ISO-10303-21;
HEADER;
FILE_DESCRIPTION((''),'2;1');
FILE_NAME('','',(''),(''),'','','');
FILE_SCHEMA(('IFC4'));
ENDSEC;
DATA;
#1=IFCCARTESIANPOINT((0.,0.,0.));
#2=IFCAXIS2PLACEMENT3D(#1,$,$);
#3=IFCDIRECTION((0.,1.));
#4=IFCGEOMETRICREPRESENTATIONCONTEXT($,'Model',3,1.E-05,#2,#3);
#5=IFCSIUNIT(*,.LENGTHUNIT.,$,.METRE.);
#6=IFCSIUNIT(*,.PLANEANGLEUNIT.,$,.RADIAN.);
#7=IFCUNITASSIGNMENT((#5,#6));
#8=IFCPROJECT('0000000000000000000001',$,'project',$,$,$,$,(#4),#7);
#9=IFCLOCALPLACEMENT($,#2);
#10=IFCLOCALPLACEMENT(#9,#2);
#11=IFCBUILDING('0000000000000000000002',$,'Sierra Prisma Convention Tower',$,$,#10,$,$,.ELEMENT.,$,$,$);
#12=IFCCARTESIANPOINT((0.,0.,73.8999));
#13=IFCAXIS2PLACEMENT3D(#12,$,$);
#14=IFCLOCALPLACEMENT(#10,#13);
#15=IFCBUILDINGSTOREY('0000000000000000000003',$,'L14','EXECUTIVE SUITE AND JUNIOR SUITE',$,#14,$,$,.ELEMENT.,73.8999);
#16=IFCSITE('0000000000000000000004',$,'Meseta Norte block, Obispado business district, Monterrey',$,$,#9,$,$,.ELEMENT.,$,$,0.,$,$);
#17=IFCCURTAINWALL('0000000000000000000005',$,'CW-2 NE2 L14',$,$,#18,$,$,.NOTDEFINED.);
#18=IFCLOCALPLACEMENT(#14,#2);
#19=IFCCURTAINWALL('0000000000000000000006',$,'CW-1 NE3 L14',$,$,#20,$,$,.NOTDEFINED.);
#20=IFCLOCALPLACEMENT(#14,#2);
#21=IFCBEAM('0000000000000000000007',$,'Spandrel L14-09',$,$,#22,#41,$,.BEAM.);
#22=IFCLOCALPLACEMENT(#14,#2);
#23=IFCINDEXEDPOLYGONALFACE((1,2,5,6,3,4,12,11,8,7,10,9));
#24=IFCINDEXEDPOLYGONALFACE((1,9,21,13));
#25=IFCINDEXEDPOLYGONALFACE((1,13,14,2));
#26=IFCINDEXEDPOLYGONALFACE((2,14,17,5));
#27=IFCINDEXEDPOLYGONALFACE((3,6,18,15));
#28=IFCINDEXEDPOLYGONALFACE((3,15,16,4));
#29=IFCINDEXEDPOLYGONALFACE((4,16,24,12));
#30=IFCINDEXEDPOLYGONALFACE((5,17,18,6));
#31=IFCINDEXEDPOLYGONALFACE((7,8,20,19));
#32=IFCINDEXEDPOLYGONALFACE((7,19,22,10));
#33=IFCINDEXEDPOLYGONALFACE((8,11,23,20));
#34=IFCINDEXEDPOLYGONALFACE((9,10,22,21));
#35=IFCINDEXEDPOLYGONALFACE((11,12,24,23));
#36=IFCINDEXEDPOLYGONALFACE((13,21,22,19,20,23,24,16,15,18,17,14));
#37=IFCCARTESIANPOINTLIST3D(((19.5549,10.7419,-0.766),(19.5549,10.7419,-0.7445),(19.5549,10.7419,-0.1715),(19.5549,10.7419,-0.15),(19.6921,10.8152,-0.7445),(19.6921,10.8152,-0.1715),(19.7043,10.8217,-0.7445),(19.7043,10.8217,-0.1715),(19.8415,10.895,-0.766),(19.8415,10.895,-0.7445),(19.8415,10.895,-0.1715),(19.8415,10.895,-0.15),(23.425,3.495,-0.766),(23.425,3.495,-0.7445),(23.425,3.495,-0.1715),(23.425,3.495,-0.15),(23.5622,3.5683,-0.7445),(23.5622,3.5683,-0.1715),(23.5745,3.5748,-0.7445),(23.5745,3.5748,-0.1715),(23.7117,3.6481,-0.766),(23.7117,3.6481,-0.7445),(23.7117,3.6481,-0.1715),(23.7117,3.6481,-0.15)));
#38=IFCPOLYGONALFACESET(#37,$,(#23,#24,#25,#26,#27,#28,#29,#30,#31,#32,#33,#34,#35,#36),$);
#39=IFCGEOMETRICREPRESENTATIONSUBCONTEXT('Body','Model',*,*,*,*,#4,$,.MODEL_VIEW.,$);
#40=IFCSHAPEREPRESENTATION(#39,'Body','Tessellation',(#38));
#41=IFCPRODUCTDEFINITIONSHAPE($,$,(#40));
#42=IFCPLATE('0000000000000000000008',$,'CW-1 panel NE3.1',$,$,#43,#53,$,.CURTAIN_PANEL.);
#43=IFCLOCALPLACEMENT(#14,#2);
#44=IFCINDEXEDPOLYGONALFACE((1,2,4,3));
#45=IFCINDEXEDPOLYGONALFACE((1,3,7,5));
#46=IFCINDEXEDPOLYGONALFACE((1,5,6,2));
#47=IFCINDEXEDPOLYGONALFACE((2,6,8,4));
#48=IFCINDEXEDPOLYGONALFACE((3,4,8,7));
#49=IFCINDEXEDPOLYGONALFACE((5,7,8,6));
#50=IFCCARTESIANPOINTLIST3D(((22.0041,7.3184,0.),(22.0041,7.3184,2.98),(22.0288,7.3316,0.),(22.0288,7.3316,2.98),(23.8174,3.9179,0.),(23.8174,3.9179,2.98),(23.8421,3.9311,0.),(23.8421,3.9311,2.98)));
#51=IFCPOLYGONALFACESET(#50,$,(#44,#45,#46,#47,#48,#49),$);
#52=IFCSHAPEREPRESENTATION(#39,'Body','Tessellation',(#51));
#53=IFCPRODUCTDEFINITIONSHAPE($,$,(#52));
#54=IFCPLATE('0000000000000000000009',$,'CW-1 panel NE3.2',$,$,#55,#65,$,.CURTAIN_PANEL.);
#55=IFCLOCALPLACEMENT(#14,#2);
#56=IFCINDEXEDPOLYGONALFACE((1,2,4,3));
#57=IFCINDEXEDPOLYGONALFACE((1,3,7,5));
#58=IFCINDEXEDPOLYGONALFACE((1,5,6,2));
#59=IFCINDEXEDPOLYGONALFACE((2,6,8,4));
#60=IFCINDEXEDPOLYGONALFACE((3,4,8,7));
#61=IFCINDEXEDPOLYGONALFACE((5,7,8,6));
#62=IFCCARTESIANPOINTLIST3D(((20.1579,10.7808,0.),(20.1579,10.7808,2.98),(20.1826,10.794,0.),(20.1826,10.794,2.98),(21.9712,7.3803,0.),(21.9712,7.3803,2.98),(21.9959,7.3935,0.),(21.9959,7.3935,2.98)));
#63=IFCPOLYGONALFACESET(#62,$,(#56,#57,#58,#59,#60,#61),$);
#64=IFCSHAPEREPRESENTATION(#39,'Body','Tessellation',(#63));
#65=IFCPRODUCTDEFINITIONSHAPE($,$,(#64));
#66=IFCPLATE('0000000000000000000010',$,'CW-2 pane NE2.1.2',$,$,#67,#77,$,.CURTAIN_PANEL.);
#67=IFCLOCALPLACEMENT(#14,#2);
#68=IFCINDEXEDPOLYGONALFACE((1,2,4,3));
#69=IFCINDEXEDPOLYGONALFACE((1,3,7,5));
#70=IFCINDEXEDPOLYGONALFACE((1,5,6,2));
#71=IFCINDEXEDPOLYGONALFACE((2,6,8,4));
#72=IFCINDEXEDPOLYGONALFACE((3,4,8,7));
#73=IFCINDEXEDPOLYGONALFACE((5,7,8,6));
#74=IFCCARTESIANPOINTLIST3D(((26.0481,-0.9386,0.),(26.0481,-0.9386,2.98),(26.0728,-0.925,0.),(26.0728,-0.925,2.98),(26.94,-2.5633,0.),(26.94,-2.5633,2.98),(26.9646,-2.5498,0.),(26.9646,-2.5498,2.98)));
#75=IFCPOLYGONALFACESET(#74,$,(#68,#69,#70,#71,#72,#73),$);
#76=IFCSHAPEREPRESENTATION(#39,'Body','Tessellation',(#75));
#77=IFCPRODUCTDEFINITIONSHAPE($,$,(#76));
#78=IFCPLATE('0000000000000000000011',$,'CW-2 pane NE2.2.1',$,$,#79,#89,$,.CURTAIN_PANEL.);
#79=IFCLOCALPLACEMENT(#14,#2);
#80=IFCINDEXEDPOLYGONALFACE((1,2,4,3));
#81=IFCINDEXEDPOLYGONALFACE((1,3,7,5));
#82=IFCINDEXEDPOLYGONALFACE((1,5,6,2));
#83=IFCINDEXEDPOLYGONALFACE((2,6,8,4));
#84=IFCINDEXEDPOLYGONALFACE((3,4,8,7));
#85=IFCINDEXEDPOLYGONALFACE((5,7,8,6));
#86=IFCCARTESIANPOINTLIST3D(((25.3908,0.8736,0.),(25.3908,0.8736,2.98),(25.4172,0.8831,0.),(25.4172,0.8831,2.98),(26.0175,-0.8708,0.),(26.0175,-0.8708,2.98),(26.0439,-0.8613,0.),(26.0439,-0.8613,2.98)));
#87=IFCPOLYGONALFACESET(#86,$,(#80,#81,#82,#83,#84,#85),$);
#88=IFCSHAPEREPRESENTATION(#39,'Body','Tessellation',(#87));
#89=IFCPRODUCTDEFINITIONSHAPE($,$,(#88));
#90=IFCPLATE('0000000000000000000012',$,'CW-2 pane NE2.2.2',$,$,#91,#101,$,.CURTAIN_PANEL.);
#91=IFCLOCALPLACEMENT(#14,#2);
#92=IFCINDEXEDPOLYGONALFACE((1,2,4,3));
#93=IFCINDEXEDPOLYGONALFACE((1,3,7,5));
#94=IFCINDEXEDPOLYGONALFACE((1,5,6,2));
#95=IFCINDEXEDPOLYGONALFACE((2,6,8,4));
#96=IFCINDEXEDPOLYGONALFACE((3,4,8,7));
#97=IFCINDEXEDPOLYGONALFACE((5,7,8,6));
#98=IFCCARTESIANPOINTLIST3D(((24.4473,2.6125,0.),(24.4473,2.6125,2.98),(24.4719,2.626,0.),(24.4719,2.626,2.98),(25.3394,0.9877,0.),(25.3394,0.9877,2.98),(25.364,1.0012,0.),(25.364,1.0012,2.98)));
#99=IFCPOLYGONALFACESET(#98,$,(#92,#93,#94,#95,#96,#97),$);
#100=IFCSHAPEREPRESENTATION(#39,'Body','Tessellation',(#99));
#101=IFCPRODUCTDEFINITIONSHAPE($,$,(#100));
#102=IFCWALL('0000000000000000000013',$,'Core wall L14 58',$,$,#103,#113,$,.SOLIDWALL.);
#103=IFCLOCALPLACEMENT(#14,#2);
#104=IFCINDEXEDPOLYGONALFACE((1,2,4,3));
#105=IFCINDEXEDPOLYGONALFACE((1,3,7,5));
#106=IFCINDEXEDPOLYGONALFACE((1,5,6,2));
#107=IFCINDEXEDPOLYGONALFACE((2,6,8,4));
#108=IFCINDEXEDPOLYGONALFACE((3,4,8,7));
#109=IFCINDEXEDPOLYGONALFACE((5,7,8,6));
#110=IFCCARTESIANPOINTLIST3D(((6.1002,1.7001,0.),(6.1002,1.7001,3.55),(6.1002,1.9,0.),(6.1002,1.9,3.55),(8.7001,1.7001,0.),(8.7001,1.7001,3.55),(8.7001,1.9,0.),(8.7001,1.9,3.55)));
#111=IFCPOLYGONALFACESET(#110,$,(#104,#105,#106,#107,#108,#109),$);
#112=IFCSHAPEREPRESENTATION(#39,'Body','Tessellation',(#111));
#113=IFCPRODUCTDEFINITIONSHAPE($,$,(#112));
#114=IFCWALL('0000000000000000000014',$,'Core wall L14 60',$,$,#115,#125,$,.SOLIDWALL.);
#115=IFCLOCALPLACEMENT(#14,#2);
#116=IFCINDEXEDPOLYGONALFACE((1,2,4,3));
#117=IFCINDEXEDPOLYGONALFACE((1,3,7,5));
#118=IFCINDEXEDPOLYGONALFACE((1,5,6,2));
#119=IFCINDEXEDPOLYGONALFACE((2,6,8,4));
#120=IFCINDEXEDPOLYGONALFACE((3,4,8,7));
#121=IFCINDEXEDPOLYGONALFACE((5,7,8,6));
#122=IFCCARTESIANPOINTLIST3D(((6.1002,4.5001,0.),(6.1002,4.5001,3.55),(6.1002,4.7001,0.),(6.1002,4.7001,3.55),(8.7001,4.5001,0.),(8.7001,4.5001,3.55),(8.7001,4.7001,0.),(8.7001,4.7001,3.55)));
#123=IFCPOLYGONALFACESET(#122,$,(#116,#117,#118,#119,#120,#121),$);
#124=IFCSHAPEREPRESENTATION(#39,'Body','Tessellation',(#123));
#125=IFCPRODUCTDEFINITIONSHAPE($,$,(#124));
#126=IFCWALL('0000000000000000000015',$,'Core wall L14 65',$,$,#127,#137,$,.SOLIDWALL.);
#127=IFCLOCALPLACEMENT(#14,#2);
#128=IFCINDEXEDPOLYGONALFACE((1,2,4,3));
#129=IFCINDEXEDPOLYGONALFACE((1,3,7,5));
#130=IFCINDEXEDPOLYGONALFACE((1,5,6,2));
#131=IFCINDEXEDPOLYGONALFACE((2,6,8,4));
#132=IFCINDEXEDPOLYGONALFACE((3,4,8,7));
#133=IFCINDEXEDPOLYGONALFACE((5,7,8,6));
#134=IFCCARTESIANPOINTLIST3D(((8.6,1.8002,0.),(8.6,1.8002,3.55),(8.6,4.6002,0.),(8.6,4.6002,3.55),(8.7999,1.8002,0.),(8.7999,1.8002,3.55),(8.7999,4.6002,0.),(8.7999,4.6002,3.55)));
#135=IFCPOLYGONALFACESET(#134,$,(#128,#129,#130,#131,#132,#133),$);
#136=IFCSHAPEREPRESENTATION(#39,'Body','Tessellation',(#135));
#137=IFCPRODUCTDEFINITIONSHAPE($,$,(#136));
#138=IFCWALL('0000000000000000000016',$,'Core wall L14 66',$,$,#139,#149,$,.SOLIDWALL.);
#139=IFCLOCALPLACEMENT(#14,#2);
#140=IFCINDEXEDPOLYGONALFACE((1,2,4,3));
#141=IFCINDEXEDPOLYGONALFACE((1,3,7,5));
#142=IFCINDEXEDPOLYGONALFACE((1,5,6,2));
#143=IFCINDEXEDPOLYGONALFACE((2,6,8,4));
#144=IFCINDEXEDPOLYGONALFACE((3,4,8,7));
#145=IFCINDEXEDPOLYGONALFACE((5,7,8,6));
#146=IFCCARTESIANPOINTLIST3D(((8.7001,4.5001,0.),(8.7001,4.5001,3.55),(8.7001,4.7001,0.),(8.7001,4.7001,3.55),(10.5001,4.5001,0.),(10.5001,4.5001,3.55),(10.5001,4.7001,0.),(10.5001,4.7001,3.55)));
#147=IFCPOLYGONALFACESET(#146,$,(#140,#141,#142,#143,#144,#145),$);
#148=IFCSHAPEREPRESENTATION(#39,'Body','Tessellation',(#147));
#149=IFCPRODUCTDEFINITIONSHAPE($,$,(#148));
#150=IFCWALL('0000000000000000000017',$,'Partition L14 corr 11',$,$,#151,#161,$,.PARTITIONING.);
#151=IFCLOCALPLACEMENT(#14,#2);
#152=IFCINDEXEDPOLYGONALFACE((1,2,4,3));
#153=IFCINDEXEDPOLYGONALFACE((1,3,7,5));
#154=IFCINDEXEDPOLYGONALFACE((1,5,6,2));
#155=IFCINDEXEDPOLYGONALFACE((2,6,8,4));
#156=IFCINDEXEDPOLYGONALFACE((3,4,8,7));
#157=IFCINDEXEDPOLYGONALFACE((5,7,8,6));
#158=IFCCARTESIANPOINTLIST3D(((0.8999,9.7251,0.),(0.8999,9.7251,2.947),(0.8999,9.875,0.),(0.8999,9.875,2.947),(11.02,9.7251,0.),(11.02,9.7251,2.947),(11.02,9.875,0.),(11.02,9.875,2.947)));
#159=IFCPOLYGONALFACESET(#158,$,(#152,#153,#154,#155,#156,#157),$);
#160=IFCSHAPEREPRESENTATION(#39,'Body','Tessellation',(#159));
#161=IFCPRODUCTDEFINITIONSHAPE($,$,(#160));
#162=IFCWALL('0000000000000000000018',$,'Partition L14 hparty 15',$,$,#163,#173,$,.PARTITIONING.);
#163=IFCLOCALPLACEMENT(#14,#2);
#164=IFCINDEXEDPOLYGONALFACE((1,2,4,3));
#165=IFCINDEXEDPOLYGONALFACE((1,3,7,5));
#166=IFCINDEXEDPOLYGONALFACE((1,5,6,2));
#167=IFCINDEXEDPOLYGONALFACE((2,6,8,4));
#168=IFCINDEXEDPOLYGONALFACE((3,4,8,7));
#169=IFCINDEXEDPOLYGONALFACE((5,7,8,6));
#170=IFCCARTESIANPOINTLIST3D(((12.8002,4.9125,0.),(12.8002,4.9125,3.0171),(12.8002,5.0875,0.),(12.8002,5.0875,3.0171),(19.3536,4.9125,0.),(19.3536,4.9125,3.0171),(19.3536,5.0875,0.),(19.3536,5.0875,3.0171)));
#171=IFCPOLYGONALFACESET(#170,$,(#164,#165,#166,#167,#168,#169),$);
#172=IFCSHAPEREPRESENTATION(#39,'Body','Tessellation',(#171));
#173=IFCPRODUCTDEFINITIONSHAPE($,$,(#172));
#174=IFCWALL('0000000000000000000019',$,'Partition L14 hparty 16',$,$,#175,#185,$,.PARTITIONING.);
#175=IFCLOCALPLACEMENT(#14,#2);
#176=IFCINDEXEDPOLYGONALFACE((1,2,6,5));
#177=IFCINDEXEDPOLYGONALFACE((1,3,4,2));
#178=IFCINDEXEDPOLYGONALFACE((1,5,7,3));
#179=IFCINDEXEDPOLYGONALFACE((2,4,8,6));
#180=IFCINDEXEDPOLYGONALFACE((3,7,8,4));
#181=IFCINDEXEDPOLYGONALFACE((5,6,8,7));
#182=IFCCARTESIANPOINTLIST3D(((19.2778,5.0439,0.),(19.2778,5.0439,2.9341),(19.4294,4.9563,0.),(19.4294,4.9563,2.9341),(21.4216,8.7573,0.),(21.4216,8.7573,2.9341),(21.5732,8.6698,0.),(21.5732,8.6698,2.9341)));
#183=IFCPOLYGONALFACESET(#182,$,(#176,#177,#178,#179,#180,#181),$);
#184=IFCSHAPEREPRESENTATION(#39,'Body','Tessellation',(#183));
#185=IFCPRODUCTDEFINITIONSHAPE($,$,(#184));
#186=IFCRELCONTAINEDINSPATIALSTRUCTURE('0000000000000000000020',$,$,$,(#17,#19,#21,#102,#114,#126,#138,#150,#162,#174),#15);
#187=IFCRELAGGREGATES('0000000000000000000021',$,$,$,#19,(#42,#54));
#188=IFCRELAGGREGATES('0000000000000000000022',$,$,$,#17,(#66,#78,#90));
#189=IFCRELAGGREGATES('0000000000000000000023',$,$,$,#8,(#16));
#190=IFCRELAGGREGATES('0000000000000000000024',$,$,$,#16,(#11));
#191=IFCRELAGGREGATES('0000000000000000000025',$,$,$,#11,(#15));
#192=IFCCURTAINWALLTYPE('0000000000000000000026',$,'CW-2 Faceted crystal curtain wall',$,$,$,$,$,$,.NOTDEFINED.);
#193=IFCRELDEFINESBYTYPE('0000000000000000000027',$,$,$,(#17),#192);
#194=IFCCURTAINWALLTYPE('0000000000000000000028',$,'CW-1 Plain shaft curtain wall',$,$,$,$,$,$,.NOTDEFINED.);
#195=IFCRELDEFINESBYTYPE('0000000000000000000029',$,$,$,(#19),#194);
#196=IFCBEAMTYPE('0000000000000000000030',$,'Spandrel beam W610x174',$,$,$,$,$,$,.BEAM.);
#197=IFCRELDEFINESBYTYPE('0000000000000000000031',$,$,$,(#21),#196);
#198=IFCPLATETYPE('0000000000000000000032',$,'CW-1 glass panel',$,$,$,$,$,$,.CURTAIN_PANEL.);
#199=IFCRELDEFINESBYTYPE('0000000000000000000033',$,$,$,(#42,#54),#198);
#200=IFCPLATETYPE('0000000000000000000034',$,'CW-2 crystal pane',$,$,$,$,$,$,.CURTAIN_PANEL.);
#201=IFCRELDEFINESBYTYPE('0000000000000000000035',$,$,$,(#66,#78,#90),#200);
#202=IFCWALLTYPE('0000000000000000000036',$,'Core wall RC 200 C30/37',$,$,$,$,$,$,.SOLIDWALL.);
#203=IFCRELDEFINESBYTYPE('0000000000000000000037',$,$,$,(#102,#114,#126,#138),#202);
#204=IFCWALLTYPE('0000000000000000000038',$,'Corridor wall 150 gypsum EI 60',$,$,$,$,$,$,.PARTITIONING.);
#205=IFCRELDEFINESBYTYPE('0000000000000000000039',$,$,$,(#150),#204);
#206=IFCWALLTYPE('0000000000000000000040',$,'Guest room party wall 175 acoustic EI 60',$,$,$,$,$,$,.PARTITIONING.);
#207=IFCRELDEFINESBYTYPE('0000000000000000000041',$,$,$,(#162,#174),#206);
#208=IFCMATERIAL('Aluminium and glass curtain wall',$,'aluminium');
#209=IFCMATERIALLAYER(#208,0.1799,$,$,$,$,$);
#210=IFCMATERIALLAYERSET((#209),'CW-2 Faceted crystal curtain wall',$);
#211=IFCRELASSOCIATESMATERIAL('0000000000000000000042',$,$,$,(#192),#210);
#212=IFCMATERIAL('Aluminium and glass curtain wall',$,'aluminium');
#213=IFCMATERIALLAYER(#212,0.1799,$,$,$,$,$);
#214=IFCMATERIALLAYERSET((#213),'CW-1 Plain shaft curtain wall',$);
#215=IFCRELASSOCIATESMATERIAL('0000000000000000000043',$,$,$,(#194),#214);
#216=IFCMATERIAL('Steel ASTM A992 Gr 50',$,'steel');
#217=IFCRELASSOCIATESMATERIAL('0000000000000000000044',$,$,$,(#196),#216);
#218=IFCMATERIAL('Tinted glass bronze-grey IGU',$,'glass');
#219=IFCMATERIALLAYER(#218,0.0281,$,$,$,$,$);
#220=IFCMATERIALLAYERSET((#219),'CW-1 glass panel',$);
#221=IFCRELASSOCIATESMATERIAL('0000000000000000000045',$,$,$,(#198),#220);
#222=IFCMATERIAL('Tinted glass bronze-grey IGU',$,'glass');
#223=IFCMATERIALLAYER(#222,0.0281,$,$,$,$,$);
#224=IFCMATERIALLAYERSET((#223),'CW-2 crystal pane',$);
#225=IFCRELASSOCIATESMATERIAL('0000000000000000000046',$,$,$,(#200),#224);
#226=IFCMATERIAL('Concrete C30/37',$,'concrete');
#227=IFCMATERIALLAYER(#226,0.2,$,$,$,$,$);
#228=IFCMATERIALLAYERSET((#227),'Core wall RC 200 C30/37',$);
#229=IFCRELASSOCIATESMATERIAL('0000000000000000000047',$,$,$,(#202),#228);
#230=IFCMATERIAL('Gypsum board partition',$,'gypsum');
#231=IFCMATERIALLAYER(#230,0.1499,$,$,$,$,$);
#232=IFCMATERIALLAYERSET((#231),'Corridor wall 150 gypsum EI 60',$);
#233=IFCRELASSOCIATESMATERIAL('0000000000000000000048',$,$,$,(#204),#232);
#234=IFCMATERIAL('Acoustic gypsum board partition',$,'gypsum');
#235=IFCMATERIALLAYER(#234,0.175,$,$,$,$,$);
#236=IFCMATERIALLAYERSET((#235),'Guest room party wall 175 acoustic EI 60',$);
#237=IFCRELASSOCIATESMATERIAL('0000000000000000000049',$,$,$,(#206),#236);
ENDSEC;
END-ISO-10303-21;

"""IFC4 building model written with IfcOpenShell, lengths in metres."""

from ifc_helpers import new_model, si_unit, direction, frame, frame_2d, origin, origin_2d, place, context, subcontext, project, spatial, polyline, rectangle, i_section, outline, extrude, material, layer, layer_set, material_profile, profile_set, type_object, element, aggregate, save


model = new_model("IFC4")

# Units and contexts
model_context = context("Model", 3, precision=1e-05, world=origin(), true_north=direction((0.0, 1.0)))
body_context = subcontext(model_context, "Body", "Model", "MODEL_VIEW")
ifc_project = project(units=[si_unit("LENGTHUNIT", "METRE"), si_unit("PLANEANGLEUNIT", "RADIAN")], contexts=[model_context])

# Site, building, storey
site_placement = place(None, origin())
site = spatial("IfcSite", under=ifc_project, at=site_placement, Name="Meseta Norte block, Obispado business district, Monterrey", CompositionType="ELEMENT", RefElevation=0.0)
building_placement = place(site_placement, origin())
building = spatial("IfcBuilding", under=site, at=building_placement, Name="Sierra Prisma Convention Tower", CompositionType="ELEMENT")
storey_placement = place(building_placement, frame((0.0, 0.0, 73.8999)))
storey = spatial("IfcBuildingStorey", under=building, at=storey_placement, Name="L14", Description="EXECUTIVE SUITE AND JUNIOR SUITE", CompositionType="ELEMENT", Elevation=73.8999)

# Curtain walls
ifc_material_1 = material(Name="Aluminium and glass curtain wall", Category="aluminium")
ifc_layer_1 = layer(ifc_material_1, 0.1799)
ifc_layer_set_1 = layer_set([ifc_layer_1], Name="CW-2 Faceted crystal curtain wall")
curtain_wall_type_1 = type_object("IfcCurtainWallType", Name="CW-2 Faceted crystal curtain wall", PredefinedType="NOTDEFINED", material=ifc_layer_set_1)
curtain_wall_1_placement = place(storey_placement, origin())
curtain_wall_1 = element("IfcCurtainWall", 1, at=curtain_wall_1_placement, inside=storey, type_object=curtain_wall_type_1, Name="CW-2 NE2 L14", PredefinedType="NOTDEFINED")
ifc_material_2 = material(Name="Aluminium and glass curtain wall", Category="aluminium")
ifc_layer_2 = layer(ifc_material_2, 0.1799)
ifc_layer_set_2 = layer_set([ifc_layer_2], Name="CW-1 Plain shaft curtain wall")
curtain_wall_type_2 = type_object("IfcCurtainWallType", Name="CW-1 Plain shaft curtain wall", PredefinedType="NOTDEFINED", material=ifc_layer_set_2)
curtain_wall_2_placement = place(storey_placement, origin())
curtain_wall_2 = element("IfcCurtainWall", 2, at=curtain_wall_2_placement, inside=storey, type_object=curtain_wall_type_2, Name="CW-1 NE3 L14", PredefinedType="NOTDEFINED")

# Beam
ifc_material_3 = material(Name="Steel ASTM A992 Gr 50", Category="steel")
ifc_material_profile_1 = material_profile(ifc_material_3, i_section(OverallWidth=0.325, OverallDepth=0.616, WebThickness=0.0139, FlangeThickness=0.0215, at=origin_2d()), Name="W610x174")
ifc_profile_set_1 = profile_set([ifc_material_profile_1], Name="Steel ASTM A992 Gr 50")
beam_type_1 = type_object("IfcBeamType", Name="Spandrel beam W610x174", PredefinedType="BEAM", material=ifc_profile_set_1)
beam_1_placement = place(storey_placement, frame((23.5684, 3.5715, -0.458), z_axis=(-0.471076, 0.882093, 0.0), x_axis=(-0.882093, -0.471076, 0.0)))
element("IfcBeam", 3, at=beam_1_placement, inside=storey, type_object=beam_type_1, Name="Spandrel L14-09", PredefinedType="BEAM", context=body_context, shape_type="SweptSolid", body=[
    extrude(i_section(OverallWidth=0.325, OverallDepth=0.616, WebThickness=0.0139, FlangeThickness=0.0215, at=origin_2d()), origin(), (0.0, 0.0, 1.0), 8.2156),
])

# Plates
ifc_material_4 = material(Name="Tinted glass bronze-grey IGU", Category="glass")
ifc_layer_3 = layer(ifc_material_4, 0.0281)
ifc_layer_set_3 = layer_set([ifc_layer_3], Name="CW-1 glass panel")
plate_type_1 = type_object("IfcPlateType", Name="CW-1 glass panel", PredefinedType="CURTAIN_PANEL", material=ifc_layer_set_3)
plate_1_placement = place(storey_placement, frame((22.9231, 5.6248, 0.0), z_axis=(0.0, 0.0, 1.0), x_axis=(-0.470524, 0.882387, 0.0)))
plate_1 = element("IfcPlate", 4, at=plate_1_placement, type_object=plate_type_1, Name="CW-1 panel NE3.1", PredefinedType="CURTAIN_PANEL", context=body_context, shape_type="SweptSolid", body=[
    extrude(rectangle(XDim=3.8538, YDim=0.0281, at=origin_2d()), origin(), (0.0, 0.0, 1.0), 2.98),
])
plate_2_placement = place(storey_placement, frame((21.0769, 9.0872, 0.0), z_axis=(0.0, 0.0, 1.0), x_axis=(-0.470524, 0.882387, 0.0)))
plate_2 = element("IfcPlate", 5, at=plate_2_placement, type_object=plate_type_1, Name="CW-1 panel NE3.2", PredefinedType="CURTAIN_PANEL", context=body_context, shape_type="SweptSolid", body=[
    extrude(rectangle(XDim=3.8538, YDim=0.0281, at=origin_2d()), origin(), (0.0, 0.0, 1.0), 2.98),
])
aggregate(curtain_wall_2, [plate_1, plate_2])
ifc_material_5 = material(Name="Tinted glass bronze-grey IGU", Category="glass")
ifc_layer_4 = layer(ifc_material_5, 0.0281)
ifc_layer_set_4 = layer_set([ifc_layer_4], Name="CW-2 crystal pane")
plate_type_2 = type_object("IfcPlateType", Name="CW-2 crystal pane", PredefinedType="CURTAIN_PANEL", material=ifc_layer_set_4)
plate_3_placement = place(storey_placement, frame((26.0728, -0.925, 0.0), z_axis=(0.876619, 0.481185, 0.0), x_axis=(0.481185, -0.876619, 0.0)))
plate_3 = element("IfcPlate", 6, at=plate_3_placement, type_object=plate_type_2, Name="CW-2 pane NE2.1.2", PredefinedType="CURTAIN_PANEL", context=body_context, shape_type="SweptSolid", body=[
    extrude(outline(polyline([(0.0, 0.0), (1.8534, 0.0), (1.8534, -2.98), (0.0, -2.98), (0.0, 0.0)])), origin(), (0.0, 0.0, -1.0), 0.0281),
])
plate_4_placement = place(storey_placement, frame((26.0439, -0.8613, 0.0), z_axis=(0.941105, 0.338113, 0.0), x_axis=(-0.338113, 0.941105, 0.0)))
plate_4 = element("IfcPlate", 7, at=plate_4_placement, type_object=plate_type_2, Name="CW-2 pane NE2.2.1", PredefinedType="CURTAIN_PANEL", context=body_context, shape_type="SweptSolid", body=[
    extrude(outline(polyline([(0.0, 0.0), (1.8535, 0.0), (1.8535, 2.98), (0.0, 2.98), (0.0, 0.0)])), origin(), (0.0, 0.0, -1.0), 0.0281),
])
plate_5_placement = place(storey_placement, frame((24.4719, 2.626, 0.0), z_axis=(0.876563, 0.481287, 0.0), x_axis=(0.481287, -0.876563, 0.0)))
plate_5 = element("IfcPlate", 8, at=plate_5_placement, type_object=plate_type_2, Name="CW-2 pane NE2.2.2", PredefinedType="CURTAIN_PANEL", context=body_context, shape_type="SweptSolid", body=[
    extrude(outline(polyline([(0.0, 0.0), (1.8536, 0.0), (1.8536, -2.98), (0.0, -2.98), (0.0, 0.0)])), origin(), (0.0, 0.0, -1.0), 0.0281),
])
aggregate(curtain_wall_1, [plate_3, plate_4, plate_5])

# Walls
ifc_material_6 = material(Name="Concrete C30/37", Category="concrete")
ifc_layer_5 = layer(ifc_material_6, 0.2)
ifc_layer_set_5 = layer_set([ifc_layer_5], Name="Core wall RC 200 C30/37")
wall_type_1 = type_object("IfcWallType", Name="Core wall RC 200 C30/37", PredefinedType="SOLIDWALL", material=ifc_layer_set_5)
for number, where, z_axis, x_axis, name in (
    (9, (8.7, 1.8, 0.0), (0.0, 0.0, 1.0), (-1.0, 0.0, 0.0), "Core wall L14 58"),
    (10, (8.7, 4.6001, 0.0), (0.0, 0.0, 1.0), (-1.0, 0.0, 0.0), "Core wall L14 60"),
):
    element("IfcWall", number, at=place(storey_placement, frame(where, z_axis=z_axis, x_axis=x_axis)), inside=storey, type_object=wall_type_1, Name=name, PredefinedType="SOLIDWALL", context=body_context, shape_type="SweptSolid", body=[
        extrude(rectangle(XDim=2.5999, YDim=0.2, at=frame_2d((1.2998, 0.0))), origin(), (0.0, 0.0, 1.0), 3.55),
    ])

# Walls
wall_1_placement = place(storey_placement, frame((8.7, 4.6001, 0.0), z_axis=(0.0, 0.0, 1.0), x_axis=(0.0, -1.0, 0.0)))
element("IfcWall", 11, at=wall_1_placement, inside=storey, type_object=wall_type_1, Name="Core wall L14 65", PredefinedType="SOLIDWALL", context=body_context, shape_type="SweptSolid", body=[
    extrude(rectangle(XDim=2.8, YDim=0.2, at=frame_2d((1.3999, 0.0))), origin(), (0.0, 0.0, 1.0), 3.55),
])
wall_2_placement = place(storey_placement, frame((10.5, 4.6001, 0.0), z_axis=(0.0, 0.0, 1.0), x_axis=(-1.0, 0.0, 0.0)))
element("IfcWall", 12, at=wall_2_placement, inside=storey, type_object=wall_type_1, Name="Core wall L14 66", PredefinedType="SOLIDWALL", context=body_context, shape_type="SweptSolid", body=[
    extrude(rectangle(XDim=1.8, YDim=0.2, at=frame_2d((0.8999, 0.0))), origin(), (0.0, 0.0, 1.0), 3.55),
])
ifc_material_7 = material(Name="Gypsum board partition", Category="gypsum")
ifc_layer_6 = layer(ifc_material_7, 0.1499)
ifc_layer_set_6 = layer_set([ifc_layer_6], Name="Corridor wall 150 gypsum EI 60")
wall_type_2 = type_object("IfcWallType", Name="Corridor wall 150 gypsum EI 60", PredefinedType="PARTITIONING", material=ifc_layer_set_6)
wall_3_placement = place(storey_placement, frame((11.02, 9.8, 0.0), z_axis=(0.0, 0.0, 1.0), x_axis=(-1.0, 0.0, 0.0)))
element("IfcWall", 13, at=wall_3_placement, inside=storey, type_object=wall_type_2, Name="Partition L14 corr 11", PredefinedType="PARTITIONING", context=body_context, shape_type="SweptSolid", body=[
    extrude(rectangle(XDim=10.1201, YDim=0.1499, at=frame_2d((5.0601, 0.0))), origin(), (0.0, 0.0, 1.0), 2.947),
])
ifc_material_8 = material(Name="Acoustic gypsum board partition", Category="gypsum")
ifc_layer_7 = layer(ifc_material_8, 0.175)
ifc_layer_set_7 = layer_set([ifc_layer_7], Name="Guest room party wall 175 acoustic EI 60")
wall_type_3 = type_object("IfcWallType", Name="Guest room party wall 175 acoustic EI 60", PredefinedType="PARTITIONING", material=ifc_layer_set_7)
wall_4_placement = place(storey_placement, frame((12.8, 5.0, 0.0), z_axis=(0.0, 0.0, 1.0), x_axis=(1.0, 0.0, 0.0)))
element("IfcWall", 14, at=wall_4_placement, inside=storey, type_object=wall_type_3, Name="Partition L14 hparty 15", PredefinedType="PARTITIONING", context=body_context, shape_type="SweptSolid", body=[
    extrude(rectangle(XDim=6.5535, YDim=0.175, at=frame_2d((3.2769, 0.0))), origin(), (0.0, 0.0, 1.0), 3.0171),
])
wall_5_placement = place(storey_placement, frame((19.3535, 5.0, 0.0), z_axis=(0.0, 0.0, 1.0), x_axis=(0.499979, 0.866038, 0.0)))
element("IfcWall", 15, at=wall_5_placement, inside=storey, type_object=wall_type_3, Name="Partition L14 hparty 16", PredefinedType="PARTITIONING", context=body_context, shape_type="SweptSolid", body=[
    extrude(rectangle(XDim=4.2878, YDim=0.175, at=frame_2d((2.144, 0.0))), origin(), (0.0, 0.0, 1.0), 2.9341),
])

save(model, "model.ifc")
